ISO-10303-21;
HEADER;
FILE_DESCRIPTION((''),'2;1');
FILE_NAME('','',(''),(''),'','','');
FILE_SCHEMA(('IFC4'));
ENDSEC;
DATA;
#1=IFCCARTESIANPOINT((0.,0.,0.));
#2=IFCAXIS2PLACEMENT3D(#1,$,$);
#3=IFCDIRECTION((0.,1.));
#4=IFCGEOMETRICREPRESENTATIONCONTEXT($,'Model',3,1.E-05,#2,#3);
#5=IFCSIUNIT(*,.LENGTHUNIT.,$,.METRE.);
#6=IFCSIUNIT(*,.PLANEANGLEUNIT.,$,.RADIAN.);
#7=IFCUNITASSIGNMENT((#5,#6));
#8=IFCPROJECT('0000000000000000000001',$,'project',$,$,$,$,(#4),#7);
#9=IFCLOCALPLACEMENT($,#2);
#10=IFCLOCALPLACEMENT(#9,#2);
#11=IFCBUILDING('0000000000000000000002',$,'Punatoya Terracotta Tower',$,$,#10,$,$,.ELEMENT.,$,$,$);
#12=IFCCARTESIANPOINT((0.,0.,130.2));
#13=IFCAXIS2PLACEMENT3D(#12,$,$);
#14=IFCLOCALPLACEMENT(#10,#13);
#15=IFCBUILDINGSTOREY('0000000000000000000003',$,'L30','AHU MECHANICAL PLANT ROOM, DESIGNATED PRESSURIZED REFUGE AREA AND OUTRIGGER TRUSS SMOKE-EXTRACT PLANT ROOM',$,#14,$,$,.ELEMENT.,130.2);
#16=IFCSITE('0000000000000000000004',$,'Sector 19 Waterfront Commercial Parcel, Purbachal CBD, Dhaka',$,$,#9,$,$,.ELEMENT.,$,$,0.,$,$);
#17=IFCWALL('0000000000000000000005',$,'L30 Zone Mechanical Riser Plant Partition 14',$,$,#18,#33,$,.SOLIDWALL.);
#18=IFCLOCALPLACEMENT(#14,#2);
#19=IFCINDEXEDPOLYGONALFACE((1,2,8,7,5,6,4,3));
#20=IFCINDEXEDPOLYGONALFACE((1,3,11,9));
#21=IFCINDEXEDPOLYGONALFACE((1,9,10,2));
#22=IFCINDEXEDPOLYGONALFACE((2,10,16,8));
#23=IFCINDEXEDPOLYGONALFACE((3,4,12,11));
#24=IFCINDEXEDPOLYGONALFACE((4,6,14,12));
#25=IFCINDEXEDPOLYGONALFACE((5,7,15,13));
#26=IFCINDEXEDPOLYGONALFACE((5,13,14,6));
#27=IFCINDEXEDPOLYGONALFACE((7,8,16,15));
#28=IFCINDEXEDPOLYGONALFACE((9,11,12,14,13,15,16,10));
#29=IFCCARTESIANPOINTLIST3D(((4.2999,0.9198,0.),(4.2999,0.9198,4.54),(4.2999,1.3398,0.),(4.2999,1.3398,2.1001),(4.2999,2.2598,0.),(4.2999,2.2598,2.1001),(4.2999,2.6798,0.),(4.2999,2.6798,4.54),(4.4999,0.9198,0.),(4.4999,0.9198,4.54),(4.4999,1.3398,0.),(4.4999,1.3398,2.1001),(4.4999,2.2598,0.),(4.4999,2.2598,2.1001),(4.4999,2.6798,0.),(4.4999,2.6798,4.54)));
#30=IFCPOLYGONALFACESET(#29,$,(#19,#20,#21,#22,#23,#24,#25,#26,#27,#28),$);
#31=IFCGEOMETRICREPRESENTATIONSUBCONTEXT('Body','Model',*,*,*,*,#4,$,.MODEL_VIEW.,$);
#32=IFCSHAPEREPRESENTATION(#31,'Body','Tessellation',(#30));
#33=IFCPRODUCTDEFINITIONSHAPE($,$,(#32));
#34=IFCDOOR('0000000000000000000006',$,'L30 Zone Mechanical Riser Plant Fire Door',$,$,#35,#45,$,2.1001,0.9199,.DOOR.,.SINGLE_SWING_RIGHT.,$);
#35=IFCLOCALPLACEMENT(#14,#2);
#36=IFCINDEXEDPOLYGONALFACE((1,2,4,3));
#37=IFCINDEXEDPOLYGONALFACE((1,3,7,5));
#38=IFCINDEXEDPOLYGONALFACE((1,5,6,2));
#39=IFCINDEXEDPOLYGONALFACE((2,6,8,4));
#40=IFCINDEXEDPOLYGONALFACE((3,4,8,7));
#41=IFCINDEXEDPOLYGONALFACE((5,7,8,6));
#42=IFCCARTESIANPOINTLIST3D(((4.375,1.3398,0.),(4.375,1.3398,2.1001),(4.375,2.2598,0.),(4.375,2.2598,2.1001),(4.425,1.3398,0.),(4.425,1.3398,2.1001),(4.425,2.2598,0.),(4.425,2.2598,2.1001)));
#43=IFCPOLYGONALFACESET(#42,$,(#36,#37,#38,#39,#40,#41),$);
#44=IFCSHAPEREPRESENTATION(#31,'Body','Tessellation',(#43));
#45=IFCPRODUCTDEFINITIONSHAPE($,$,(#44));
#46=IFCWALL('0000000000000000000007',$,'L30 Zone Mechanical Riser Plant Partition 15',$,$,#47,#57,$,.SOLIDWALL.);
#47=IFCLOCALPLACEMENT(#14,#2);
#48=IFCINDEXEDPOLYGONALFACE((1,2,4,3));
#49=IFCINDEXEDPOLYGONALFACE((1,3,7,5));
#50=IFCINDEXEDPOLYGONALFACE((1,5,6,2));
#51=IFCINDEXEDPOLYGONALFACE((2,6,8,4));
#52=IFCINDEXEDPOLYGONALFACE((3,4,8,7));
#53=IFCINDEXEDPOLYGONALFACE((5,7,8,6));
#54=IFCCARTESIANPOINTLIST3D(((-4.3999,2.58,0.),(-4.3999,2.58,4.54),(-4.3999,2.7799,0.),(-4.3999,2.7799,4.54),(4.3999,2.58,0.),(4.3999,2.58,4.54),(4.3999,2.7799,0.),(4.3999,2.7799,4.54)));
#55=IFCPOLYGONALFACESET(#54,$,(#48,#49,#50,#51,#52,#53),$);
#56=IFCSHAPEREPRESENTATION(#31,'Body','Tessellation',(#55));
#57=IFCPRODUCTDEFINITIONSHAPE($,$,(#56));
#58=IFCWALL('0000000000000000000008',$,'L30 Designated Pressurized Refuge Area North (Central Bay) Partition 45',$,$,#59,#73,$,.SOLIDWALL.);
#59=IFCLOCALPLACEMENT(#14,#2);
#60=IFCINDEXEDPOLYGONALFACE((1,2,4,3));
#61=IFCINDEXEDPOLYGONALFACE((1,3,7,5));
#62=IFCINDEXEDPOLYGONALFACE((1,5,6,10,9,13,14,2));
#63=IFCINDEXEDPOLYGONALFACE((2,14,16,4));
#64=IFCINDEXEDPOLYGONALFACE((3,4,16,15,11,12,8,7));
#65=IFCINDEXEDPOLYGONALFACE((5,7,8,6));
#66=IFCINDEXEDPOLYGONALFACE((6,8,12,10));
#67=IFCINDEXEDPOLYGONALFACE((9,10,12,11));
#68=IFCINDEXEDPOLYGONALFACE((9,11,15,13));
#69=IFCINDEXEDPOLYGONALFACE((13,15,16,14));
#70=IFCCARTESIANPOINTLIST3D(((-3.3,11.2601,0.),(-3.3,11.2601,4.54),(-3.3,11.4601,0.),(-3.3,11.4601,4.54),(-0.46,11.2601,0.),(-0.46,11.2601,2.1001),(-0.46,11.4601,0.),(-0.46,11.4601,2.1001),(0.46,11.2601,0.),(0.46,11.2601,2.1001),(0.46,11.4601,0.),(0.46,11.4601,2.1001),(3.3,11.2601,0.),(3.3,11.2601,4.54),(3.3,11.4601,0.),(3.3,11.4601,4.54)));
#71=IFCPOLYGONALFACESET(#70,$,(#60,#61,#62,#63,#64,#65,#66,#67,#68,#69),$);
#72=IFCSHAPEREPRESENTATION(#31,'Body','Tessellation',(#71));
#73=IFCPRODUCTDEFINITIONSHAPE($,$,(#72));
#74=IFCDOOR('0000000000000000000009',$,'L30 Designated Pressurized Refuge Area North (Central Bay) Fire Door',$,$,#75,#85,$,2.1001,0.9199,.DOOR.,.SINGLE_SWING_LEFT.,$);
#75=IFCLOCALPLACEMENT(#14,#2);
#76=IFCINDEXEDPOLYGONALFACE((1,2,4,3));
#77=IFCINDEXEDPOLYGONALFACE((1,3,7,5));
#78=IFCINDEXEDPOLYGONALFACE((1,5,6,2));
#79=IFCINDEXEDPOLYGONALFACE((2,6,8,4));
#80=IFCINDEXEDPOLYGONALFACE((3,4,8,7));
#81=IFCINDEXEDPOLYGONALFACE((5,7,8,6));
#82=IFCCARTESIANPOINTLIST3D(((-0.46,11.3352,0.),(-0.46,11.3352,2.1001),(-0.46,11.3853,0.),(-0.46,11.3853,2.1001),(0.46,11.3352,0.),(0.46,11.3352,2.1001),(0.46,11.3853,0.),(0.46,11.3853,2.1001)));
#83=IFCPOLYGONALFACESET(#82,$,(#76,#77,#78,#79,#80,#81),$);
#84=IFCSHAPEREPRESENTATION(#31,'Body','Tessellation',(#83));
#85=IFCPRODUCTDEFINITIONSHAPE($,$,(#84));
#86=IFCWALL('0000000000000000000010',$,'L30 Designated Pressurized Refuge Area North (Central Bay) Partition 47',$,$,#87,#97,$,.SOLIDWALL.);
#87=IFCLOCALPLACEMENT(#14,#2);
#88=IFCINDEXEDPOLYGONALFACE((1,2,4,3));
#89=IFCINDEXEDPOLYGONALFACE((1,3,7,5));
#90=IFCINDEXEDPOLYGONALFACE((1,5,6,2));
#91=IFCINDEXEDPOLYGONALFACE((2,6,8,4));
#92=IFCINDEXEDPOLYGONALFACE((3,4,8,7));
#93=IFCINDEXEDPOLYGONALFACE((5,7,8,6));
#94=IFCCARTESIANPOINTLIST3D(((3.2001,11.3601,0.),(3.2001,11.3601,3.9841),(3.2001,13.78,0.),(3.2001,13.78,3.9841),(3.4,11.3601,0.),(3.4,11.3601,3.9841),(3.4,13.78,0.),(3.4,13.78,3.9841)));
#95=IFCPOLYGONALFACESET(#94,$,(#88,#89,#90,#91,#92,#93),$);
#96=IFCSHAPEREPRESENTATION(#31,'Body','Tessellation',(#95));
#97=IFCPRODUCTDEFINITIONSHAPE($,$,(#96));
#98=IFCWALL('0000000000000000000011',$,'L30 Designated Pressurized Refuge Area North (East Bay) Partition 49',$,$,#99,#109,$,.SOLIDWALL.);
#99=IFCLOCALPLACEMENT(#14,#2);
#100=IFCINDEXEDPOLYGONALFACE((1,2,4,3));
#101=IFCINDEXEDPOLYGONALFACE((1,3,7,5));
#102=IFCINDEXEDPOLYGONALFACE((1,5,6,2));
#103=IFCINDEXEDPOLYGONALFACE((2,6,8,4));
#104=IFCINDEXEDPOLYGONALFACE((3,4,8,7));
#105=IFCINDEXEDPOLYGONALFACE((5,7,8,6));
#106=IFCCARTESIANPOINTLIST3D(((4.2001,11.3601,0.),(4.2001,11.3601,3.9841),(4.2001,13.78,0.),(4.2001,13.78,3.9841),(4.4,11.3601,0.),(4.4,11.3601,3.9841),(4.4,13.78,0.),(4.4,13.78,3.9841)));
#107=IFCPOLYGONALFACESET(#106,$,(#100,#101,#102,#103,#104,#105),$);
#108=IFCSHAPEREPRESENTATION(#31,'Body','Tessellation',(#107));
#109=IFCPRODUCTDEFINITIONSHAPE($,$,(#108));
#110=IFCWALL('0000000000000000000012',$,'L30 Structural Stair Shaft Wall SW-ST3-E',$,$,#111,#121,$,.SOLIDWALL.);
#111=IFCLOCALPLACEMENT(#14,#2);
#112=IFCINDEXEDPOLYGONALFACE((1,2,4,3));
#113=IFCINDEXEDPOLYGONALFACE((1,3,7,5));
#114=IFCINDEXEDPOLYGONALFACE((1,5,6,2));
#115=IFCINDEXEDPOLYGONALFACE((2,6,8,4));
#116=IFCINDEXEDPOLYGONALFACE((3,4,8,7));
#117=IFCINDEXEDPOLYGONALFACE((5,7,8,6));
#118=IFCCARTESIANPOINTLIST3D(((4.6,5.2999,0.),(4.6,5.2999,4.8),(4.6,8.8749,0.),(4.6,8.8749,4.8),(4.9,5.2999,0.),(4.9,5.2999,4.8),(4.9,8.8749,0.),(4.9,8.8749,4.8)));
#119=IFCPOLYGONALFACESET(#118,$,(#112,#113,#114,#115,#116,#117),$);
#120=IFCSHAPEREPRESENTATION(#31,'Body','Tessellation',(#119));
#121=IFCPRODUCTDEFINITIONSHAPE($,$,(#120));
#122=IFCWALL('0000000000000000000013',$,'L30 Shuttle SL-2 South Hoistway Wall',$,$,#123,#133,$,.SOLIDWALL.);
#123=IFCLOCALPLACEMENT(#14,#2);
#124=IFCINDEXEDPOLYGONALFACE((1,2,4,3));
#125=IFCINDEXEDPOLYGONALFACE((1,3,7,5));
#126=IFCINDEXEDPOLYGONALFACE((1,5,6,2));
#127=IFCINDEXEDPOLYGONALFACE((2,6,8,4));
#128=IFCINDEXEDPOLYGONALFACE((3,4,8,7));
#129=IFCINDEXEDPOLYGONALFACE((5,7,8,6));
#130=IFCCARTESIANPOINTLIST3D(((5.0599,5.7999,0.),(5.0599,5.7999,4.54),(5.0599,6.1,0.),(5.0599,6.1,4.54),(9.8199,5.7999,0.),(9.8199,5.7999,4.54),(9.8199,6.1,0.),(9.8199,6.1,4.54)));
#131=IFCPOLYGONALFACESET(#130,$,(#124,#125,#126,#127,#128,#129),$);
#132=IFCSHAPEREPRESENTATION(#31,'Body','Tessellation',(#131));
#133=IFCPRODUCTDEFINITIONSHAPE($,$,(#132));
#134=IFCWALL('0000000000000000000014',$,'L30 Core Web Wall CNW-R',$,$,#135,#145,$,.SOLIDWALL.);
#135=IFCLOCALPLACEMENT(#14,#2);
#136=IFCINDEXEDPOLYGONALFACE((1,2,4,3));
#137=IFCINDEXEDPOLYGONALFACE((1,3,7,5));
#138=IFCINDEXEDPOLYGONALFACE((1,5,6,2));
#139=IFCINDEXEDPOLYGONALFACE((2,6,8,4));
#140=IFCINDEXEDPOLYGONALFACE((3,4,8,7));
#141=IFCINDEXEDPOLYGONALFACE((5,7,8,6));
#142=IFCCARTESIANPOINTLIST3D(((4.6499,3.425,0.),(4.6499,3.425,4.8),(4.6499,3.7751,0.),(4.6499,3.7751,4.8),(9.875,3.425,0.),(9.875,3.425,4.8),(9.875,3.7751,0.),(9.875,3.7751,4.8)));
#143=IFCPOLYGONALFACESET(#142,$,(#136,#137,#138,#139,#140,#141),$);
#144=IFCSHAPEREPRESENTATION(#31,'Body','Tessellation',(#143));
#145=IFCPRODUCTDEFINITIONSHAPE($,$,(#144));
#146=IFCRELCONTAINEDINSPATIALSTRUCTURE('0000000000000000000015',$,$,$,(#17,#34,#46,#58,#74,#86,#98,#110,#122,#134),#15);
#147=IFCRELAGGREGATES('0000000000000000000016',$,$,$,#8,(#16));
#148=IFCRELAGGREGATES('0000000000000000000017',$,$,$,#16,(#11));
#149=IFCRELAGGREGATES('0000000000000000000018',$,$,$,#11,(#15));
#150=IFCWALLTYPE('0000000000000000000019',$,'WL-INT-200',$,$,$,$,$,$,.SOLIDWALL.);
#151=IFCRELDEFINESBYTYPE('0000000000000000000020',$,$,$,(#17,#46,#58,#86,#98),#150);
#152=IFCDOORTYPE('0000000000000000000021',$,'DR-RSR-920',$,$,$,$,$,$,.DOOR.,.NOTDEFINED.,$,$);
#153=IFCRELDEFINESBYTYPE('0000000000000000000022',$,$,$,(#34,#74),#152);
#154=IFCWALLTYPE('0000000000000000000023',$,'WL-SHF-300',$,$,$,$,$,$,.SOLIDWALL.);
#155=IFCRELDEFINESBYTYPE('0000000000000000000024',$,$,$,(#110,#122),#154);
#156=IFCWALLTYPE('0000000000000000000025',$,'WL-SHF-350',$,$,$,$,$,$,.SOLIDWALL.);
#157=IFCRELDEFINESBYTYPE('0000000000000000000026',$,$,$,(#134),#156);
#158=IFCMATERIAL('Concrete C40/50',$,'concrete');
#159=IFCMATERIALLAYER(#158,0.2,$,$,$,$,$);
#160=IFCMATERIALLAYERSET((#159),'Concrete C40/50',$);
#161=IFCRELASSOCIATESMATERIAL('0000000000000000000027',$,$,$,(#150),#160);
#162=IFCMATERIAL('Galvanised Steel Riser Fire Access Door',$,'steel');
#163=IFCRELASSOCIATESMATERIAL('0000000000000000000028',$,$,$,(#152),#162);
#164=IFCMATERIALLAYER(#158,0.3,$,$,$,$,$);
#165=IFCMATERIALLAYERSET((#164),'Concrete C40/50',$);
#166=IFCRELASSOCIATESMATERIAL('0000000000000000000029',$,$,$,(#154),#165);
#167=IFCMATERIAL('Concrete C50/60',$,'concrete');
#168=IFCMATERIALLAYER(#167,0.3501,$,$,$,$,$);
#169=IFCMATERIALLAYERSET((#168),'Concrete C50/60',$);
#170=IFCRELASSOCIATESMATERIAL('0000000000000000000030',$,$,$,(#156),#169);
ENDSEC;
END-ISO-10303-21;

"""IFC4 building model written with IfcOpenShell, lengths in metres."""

from ifc_helpers import new_model, si_unit, direction, frame, frame_2d, origin, place, context, subcontext, project, spatial, rectangle, extrude, material, layer, layer_set, type_object, element, fill, save


model = new_model("IFC4")

# Units and contexts
model_context = context("Model", 3, precision=1e-05, world=origin(), true_north=direction((0.0, 1.0)))
body_context = subcontext(model_context, "Body", "Model", "MODEL_VIEW")
ifc_project = project(units=[si_unit("LENGTHUNIT", "METRE"), si_unit("PLANEANGLEUNIT", "RADIAN")], contexts=[model_context])

# Site, building, storey
site_placement = place(None, origin())
site = spatial("IfcSite", under=ifc_project, at=site_placement, Name="Sector 19 Waterfront Commercial Parcel, Purbachal CBD, Dhaka", CompositionType="ELEMENT", RefElevation=0.0)
building_placement = place(site_placement, origin())
building = spatial("IfcBuilding", under=site, at=building_placement, Name="Punatoya Terracotta Tower", CompositionType="ELEMENT")
storey_placement = place(building_placement, frame((0.0, 0.0, 130.2)))
storey = spatial("IfcBuildingStorey", under=building, at=storey_placement, Name="L30", Description="AHU MECHANICAL PLANT ROOM, DESIGNATED PRESSURIZED REFUGE AREA AND OUTRIGGER TRUSS SMOKE-EXTRACT PLANT ROOM", CompositionType="ELEMENT", Elevation=130.2)

# Wall, opening, door
ifc_material_1 = material(Name="Concrete C40/50", Category="concrete")
ifc_layer_1 = layer(ifc_material_1, 0.2)
ifc_layer_set_1 = layer_set([ifc_layer_1], Name="Concrete C40/50")
wall_type_1 = type_object("IfcWallType", Name="WL-INT-200", PredefinedType="SOLIDWALL", material=ifc_layer_set_1)
wall_1_placement = place(storey_placement, frame((4.3999, 0.9199, 0.0), z_axis=(0.0, 0.0, 1.0), x_axis=(0.0, 1.0, 0.0)))
wall_1 = element("IfcWall", 1, at=wall_1_placement, inside=storey, type_object=wall_type_1, Name="L30 Zone Mechanical Riser Plant Partition 14", PredefinedType="SOLIDWALL", context=body_context, shape_type="SweptSolid", body=[
    extrude(rectangle(XDim=1.76, YDim=0.2, at=frame_2d((0.8799, 0.0))), origin(), (0.0, 0.0, 1.0), 4.54),
])
opening_1_placement = place(wall_1_placement, frame((0.4199, 0.0, 0.0)))
opening_1 = element("IfcOpeningElement", 2, at=opening_1_placement, cuts=wall_1, PredefinedType="OPENING", context=body_context, shape_type="SweptSolid", body=[
    extrude(rectangle(XDim=0.9199, YDim=2.1001, at=frame_2d((0.46, 1.05))), frame((0.0, 0.1099, 0.0), z_axis=(0.0, -1.0, 0.0), x_axis=(1.0, 0.0, 0.0)), (0.0, 0.0, 1.0), 0.22),
])
ifc_material_2 = material(Name="Galvanised Steel Riser Fire Access Door", Category="steel")
door_type = type_object("IfcDoorType", Name="DR-RSR-920", OperationType="NOTDEFINED", PredefinedType="DOOR", material=ifc_material_2)
door_1_placement = place(opening_1_placement, origin())
door_1 = element("IfcDoor", 3, at=door_1_placement, inside=storey, type_object=door_type, Name="L30 Zone Mechanical Riser Plant Fire Door", OperationType="SINGLE_SWING_RIGHT", OverallHeight=2.1001, OverallWidth=0.9199, PredefinedType="DOOR", context=body_context, shape_type="SweptSolid", body=[
    extrude(rectangle(XDim=0.9199, YDim=2.1001, at=frame_2d((0.46, 1.05))), frame((0.0, 0.0249, 0.0), z_axis=(0.0, -1.0, 0.0), x_axis=(1.0, 0.0, 0.0)), (0.0, 0.0, 1.0), 0.05),
])
fill(opening_1, door_1)

# Wall
wall_2_placement = place(storey_placement, frame((4.3999, 2.6799, 0.0), z_axis=(0.0, 0.0, 1.0), x_axis=(-1.0, 0.0, 0.0)))
element("IfcWall", 4, at=wall_2_placement, inside=storey, type_object=wall_type_1, Name="L30 Zone Mechanical Riser Plant Partition 15", PredefinedType="SOLIDWALL", context=body_context, shape_type="SweptSolid", body=[
    extrude(rectangle(XDim=8.7998, YDim=0.2, at=frame_2d((4.3999, 0.0))), origin(), (0.0, 0.0, 1.0), 4.54),
])

# Wall, opening, door
wall_3_placement = place(storey_placement, frame((3.3, 11.3601, 0.0), z_axis=(0.0, 0.0, 1.0), x_axis=(-1.0, 0.0, 0.0)))
wall_3 = element("IfcWall", 5, at=wall_3_placement, inside=storey, type_object=wall_type_1, Name="L30 Designated Pressurized Refuge Area North (Central Bay) Partition 45", PredefinedType="SOLIDWALL", context=body_context, shape_type="SweptSolid", body=[
    extrude(rectangle(XDim=6.6001, YDim=0.2, at=frame_2d((3.3, 0.0))), origin(), (0.0, 0.0, 1.0), 4.54),
])
opening_2_placement = place(wall_3_placement, frame((2.8401, 0.0, 0.0)))
opening_2 = element("IfcOpeningElement", 6, at=opening_2_placement, cuts=wall_3, PredefinedType="OPENING", context=body_context, shape_type="SweptSolid", body=[
    extrude(rectangle(XDim=0.9199, YDim=2.1001, at=frame_2d((0.46, 1.05))), frame((0.0, 0.1099, 0.0), z_axis=(0.0, -1.0, 0.0), x_axis=(1.0, 0.0, 0.0)), (0.0, 0.0, 1.0), 0.22),
])
door_2_placement = place(opening_2_placement, origin())
door_2 = element("IfcDoor", 7, at=door_2_placement, inside=storey, type_object=door_type, Name="L30 Designated Pressurized Refuge Area North (Central Bay) Fire Door", OperationType="SINGLE_SWING_LEFT", OverallHeight=2.1001, OverallWidth=0.9199, PredefinedType="DOOR", context=body_context, shape_type="SweptSolid", body=[
    extrude(rectangle(XDim=0.9199, YDim=2.1001, at=frame_2d((0.46, 1.05))), frame((0.0, 0.0249, 0.0), z_axis=(0.0, -1.0, 0.0), x_axis=(1.0, 0.0, 0.0)), (0.0, 0.0, 1.0), 0.05),
])
fill(opening_2, door_2)

# Walls
for number, where, z_axis, x_axis, name in (
    (8, (3.3, 13.78, 0.0), (0.0, 0.0, 1.0), (0.0, -1.0, 0.0), "L30 Designated Pressurized Refuge Area North (Central Bay) Partition 47"),
    (9, (4.3, 11.3601, 0.0), (0.0, 0.0, 1.0), (0.0, 1.0, 0.0), "L30 Designated Pressurized Refuge Area North (East Bay) Partition 49"),
):
    element("IfcWall", number, at=place(storey_placement, frame(where, z_axis=z_axis, x_axis=x_axis)), inside=storey, type_object=wall_type_1, Name=name, PredefinedType="SOLIDWALL", context=body_context, shape_type="SweptSolid", body=[
        extrude(rectangle(XDim=2.4199, YDim=0.2, at=frame_2d((1.21, 0.0))), origin(), (0.0, 0.0, 1.0), 3.9841),
    ])
ifc_layer_2 = layer(ifc_material_1, 0.3)
ifc_layer_set_2 = layer_set([ifc_layer_2], Name="Concrete C40/50")
wall_type_2 = type_object("IfcWallType", Name="WL-SHF-300", PredefinedType="SOLIDWALL", material=ifc_layer_set_2)
wall_4_placement = place(storey_placement, frame((4.75, 8.875, 0.0), z_axis=(0.0, 0.0, 1.0), x_axis=(0.0, -1.0, 0.0)))
element("IfcWall", 10, at=wall_4_placement, inside=storey, type_object=wall_type_2, Name="L30 Structural Stair Shaft Wall SW-ST3-E", PredefinedType="SOLIDWALL", context=body_context, shape_type="SweptSolid", body=[
    extrude(rectangle(XDim=3.575, YDim=0.3, at=frame_2d((1.7876, 0.0))), origin(), (0.0, 0.0, 1.0), 4.8),
])
wall_5_placement = place(storey_placement, frame((5.0601, 5.95, 0.0), z_axis=(0.0, 0.0, 1.0), x_axis=(1.0, 0.0, 0.0)))
element("IfcWall", 11, at=wall_5_placement, inside=storey, type_object=wall_type_2, Name="L30 Shuttle SL-2 South Hoistway Wall", PredefinedType="SOLIDWALL", context=body_context, shape_type="SweptSolid", body=[
    extrude(rectangle(XDim=4.76, YDim=0.3, at=frame_2d((2.3799, 0.0))), origin(), (0.0, 0.0, 1.0), 4.54),
])
ifc_material_3 = material(Name="Concrete C50/60", Category="concrete")
ifc_layer_3 = layer(ifc_material_3, 0.3501)
ifc_layer_set_3 = layer_set([ifc_layer_3], Name="Concrete C50/60")
wall_type_3 = type_object("IfcWallType", Name="WL-SHF-350", PredefinedType="SOLIDWALL", material=ifc_layer_set_3)
wall_6_placement = place(storey_placement, frame((4.6499, 3.6001, 0.0), z_axis=(0.0, 0.0, 1.0), x_axis=(1.0, 0.0, 0.0)))
element("IfcWall", 12, at=wall_6_placement, inside=storey, type_object=wall_type_3, Name="L30 Core Web Wall CNW-R", PredefinedType="SOLIDWALL", context=body_context, shape_type="SweptSolid", body=[
    extrude(rectangle(XDim=5.2251, YDim=0.3501, at=frame_2d((2.6125, 0.0))), origin(), (0.0, 0.0, 1.0), 4.8),
])

save(model, "model.ifc")
